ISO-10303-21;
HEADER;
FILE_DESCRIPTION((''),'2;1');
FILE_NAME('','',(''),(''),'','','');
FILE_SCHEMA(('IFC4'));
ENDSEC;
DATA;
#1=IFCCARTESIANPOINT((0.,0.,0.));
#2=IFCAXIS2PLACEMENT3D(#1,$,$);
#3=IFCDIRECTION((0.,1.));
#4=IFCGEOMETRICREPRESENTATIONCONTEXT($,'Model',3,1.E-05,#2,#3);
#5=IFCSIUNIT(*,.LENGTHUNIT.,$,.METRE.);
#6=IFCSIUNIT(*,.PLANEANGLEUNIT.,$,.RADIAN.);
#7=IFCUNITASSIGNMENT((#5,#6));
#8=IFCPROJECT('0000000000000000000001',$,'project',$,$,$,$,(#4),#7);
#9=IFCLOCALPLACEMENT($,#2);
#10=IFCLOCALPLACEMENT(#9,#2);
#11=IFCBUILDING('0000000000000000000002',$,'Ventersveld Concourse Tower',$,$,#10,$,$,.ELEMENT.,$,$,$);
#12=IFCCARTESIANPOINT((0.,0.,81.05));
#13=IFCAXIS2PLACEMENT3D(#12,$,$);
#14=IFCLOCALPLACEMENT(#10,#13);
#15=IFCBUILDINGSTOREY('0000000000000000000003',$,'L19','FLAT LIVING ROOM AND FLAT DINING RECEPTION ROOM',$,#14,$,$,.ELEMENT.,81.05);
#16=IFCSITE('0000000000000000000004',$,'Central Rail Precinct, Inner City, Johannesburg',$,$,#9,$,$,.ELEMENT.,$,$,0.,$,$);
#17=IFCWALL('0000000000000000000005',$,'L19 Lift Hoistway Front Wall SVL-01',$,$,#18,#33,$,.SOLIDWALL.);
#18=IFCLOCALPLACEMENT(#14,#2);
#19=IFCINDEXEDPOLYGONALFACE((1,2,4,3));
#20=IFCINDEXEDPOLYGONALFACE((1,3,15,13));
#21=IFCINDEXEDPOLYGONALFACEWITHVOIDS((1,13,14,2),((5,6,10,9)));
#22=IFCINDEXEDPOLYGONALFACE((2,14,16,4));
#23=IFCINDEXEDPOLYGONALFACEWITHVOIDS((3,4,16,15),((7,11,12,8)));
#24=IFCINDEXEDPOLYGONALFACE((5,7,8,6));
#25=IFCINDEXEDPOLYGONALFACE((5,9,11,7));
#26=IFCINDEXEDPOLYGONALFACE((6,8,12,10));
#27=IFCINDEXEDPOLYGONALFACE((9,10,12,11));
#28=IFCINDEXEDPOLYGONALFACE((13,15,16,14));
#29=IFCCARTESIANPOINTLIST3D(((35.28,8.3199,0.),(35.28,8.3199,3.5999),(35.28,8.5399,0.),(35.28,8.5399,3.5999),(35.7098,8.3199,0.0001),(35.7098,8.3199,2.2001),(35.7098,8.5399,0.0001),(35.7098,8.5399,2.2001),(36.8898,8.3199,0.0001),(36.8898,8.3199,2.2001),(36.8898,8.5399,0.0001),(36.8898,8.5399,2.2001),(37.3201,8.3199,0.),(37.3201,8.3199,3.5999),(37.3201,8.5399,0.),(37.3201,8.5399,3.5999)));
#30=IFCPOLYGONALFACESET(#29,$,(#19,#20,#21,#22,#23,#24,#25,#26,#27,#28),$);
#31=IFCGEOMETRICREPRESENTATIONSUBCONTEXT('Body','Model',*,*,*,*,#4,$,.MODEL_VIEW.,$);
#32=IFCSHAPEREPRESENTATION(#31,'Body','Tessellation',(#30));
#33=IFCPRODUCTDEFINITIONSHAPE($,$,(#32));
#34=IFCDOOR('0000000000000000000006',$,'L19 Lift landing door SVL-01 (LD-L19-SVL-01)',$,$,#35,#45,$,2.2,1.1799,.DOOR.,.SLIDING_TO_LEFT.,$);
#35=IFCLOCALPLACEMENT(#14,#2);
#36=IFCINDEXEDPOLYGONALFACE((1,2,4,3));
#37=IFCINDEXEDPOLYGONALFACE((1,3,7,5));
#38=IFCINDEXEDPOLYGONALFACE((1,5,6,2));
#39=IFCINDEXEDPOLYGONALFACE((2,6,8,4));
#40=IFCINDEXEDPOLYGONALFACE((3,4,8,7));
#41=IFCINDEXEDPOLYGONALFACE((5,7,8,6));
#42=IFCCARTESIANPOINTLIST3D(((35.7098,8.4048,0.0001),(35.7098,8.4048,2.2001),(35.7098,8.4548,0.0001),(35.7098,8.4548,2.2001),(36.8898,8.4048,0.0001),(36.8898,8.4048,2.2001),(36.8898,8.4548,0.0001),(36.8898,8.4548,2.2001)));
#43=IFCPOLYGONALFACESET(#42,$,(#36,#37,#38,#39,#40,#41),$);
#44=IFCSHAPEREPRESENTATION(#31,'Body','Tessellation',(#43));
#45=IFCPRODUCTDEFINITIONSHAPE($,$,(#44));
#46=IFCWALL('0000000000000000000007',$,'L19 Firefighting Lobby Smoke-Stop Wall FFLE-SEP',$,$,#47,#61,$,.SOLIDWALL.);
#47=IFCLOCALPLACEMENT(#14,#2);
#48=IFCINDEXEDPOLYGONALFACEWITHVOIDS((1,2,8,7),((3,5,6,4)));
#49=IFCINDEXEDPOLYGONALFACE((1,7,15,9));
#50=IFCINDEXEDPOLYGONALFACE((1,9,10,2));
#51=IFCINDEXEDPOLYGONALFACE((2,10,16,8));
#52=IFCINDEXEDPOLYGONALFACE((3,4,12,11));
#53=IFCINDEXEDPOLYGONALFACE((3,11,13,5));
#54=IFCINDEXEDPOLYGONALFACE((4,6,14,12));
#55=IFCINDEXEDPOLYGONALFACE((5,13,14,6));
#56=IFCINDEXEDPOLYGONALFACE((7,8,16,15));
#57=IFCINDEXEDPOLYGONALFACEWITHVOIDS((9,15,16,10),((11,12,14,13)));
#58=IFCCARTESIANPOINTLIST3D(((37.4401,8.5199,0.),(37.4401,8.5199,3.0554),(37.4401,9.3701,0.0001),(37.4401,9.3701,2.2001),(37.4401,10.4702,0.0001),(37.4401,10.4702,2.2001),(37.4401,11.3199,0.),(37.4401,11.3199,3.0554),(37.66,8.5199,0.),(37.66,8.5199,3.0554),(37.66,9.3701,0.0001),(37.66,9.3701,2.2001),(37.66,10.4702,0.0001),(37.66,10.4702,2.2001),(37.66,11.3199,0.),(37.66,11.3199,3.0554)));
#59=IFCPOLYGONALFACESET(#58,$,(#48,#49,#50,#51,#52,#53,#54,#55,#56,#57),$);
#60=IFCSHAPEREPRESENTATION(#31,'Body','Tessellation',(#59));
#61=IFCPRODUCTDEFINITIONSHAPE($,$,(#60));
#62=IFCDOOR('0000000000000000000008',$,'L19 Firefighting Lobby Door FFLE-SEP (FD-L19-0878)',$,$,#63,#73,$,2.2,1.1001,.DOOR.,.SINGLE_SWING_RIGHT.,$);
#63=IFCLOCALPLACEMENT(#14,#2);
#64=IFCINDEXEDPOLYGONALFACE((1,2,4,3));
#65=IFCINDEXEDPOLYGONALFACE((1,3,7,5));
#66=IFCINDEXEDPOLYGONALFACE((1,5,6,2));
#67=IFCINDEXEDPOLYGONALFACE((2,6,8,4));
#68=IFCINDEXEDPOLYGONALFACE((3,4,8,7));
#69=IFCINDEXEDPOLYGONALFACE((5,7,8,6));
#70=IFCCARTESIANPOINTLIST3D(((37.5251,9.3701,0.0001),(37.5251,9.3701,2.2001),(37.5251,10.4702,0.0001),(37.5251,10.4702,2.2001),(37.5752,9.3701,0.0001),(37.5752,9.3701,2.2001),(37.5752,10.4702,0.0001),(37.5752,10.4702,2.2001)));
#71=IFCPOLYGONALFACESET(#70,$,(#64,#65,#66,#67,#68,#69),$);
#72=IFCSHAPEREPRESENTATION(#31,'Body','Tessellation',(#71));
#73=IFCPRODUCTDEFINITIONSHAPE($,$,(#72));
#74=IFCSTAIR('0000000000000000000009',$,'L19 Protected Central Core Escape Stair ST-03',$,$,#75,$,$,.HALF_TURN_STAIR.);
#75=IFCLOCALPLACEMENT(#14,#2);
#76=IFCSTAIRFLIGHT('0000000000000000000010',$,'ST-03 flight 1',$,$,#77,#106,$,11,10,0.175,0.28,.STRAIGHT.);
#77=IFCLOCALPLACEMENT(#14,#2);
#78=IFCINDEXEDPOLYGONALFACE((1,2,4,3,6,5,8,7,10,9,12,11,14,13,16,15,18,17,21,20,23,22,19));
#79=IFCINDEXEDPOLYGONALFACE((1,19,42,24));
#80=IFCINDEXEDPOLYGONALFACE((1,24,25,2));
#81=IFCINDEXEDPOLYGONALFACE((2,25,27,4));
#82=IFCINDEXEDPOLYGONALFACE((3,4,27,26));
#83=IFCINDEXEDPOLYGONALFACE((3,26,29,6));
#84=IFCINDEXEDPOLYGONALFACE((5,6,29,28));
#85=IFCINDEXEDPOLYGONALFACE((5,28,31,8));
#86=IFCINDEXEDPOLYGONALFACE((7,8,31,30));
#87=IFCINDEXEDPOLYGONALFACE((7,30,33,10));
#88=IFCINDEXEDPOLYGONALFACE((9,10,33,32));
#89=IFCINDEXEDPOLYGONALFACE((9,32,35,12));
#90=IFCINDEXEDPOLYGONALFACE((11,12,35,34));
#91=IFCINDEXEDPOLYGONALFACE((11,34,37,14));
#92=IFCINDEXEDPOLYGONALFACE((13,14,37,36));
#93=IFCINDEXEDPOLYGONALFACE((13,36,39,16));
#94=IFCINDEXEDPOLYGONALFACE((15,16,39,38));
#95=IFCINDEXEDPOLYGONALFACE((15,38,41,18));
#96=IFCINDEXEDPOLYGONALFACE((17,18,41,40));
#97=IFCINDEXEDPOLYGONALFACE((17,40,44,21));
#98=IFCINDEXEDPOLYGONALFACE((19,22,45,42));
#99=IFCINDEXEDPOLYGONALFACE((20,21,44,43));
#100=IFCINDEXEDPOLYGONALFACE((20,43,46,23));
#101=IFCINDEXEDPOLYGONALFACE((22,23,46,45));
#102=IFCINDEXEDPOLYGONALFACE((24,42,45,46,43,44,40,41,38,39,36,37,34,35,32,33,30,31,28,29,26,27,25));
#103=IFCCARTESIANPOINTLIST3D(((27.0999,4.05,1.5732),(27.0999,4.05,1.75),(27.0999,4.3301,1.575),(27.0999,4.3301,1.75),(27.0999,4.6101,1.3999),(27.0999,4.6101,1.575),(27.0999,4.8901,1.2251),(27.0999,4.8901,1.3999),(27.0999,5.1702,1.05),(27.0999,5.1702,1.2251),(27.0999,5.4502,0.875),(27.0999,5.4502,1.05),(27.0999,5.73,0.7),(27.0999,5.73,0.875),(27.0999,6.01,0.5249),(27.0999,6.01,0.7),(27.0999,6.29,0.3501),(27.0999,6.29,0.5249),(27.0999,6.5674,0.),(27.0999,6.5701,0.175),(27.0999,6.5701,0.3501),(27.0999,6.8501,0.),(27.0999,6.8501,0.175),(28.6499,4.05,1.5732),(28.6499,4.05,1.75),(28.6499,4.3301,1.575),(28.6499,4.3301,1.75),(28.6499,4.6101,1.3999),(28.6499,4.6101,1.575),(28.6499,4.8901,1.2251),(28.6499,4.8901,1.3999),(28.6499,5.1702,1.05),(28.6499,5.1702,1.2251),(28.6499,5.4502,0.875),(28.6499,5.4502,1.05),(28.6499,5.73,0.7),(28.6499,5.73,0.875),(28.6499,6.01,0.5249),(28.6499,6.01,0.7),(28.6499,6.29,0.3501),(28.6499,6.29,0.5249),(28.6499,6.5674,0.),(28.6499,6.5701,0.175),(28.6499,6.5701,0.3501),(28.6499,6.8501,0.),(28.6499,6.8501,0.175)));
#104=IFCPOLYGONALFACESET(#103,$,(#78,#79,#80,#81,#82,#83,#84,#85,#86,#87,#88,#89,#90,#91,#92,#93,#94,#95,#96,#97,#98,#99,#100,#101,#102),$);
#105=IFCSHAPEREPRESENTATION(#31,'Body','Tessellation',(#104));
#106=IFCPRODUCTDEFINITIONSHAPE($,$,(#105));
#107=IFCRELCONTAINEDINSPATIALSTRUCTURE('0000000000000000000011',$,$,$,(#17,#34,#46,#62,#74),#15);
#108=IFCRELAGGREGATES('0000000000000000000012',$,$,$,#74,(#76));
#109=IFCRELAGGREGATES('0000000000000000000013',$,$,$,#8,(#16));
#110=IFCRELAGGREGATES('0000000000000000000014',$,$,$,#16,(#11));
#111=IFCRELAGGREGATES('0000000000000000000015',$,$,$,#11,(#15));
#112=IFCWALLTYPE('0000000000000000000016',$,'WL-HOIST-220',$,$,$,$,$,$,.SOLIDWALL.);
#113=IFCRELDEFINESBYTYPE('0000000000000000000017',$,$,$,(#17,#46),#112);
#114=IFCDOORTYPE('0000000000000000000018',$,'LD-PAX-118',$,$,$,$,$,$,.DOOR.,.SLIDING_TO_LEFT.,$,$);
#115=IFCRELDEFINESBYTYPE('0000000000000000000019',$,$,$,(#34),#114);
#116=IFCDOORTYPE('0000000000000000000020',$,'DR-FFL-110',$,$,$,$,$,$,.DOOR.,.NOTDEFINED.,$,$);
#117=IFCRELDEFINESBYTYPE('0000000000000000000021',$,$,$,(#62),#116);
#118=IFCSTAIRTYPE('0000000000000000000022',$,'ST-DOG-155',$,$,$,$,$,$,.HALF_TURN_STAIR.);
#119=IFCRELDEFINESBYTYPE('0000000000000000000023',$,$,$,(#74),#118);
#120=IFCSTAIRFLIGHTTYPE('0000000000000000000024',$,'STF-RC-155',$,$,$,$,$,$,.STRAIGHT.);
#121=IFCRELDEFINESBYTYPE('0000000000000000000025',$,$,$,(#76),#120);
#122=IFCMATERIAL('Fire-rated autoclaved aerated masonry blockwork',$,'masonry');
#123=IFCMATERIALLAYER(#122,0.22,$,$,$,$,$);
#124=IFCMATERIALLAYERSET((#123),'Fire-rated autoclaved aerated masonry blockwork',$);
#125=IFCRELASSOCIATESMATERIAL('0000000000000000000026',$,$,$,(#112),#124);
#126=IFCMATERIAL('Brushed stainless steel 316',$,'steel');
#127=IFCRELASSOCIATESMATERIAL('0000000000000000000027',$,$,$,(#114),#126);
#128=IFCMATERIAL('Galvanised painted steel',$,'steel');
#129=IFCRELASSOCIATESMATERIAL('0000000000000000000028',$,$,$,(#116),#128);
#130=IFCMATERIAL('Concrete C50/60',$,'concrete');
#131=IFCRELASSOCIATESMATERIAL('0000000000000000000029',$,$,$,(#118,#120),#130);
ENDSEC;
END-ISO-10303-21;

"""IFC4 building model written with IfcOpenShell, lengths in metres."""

from ifc_helpers import new_model, si_unit, direction, frame, frame_2d, origin, place, context, subcontext, project, spatial, polyline, rectangle, outline, extrude, material, layer, layer_set, type_object, element, fill, aggregate, save


model = new_model("IFC4")

# Units and contexts
model_context = context("Model", 3, precision=1e-05, world=origin(), true_north=direction((0.0, 1.0)))
body_context = subcontext(model_context, "Body", "Model", "MODEL_VIEW")
ifc_project = project(units=[si_unit("LENGTHUNIT", "METRE"), si_unit("PLANEANGLEUNIT", "RADIAN")], contexts=[model_context])

# Site, building, storey
site_placement = place(None, origin())
site = spatial("IfcSite", under=ifc_project, at=site_placement, Name="Central Rail Precinct, Inner City, Johannesburg", CompositionType="ELEMENT", RefElevation=0.0)
building_placement = place(site_placement, origin())
building = spatial("IfcBuilding", under=site, at=building_placement, Name="Ventersveld Concourse Tower", CompositionType="ELEMENT")
storey_placement = place(building_placement, frame((0.0, 0.0, 81.05)))
storey = spatial("IfcBuildingStorey", under=building, at=storey_placement, Name="L19", Description="FLAT LIVING ROOM AND FLAT DINING RECEPTION ROOM", CompositionType="ELEMENT", Elevation=81.05)

# Shared definitions
ifc_material_1 = material(Name="Concrete C50/60", Category="concrete")

# Shared definitions
ifc_material_2 = material(Name="Fire-rated autoclaved aerated masonry blockwork", Category="masonry")
ifc_layer_1 = layer(ifc_material_2, 0.22)
ifc_layer_set_1 = layer_set([ifc_layer_1], Name="Fire-rated autoclaved aerated masonry blockwork")
wall_type_1 = type_object("IfcWallType", Name="WL-HOIST-220", PredefinedType="SOLIDWALL", material=ifc_layer_set_1)

# Walls, openings, doors
ifc_material_3 = material(Name="Brushed stainless steel 316", Category="steel")
wall_1_placement = place(storey_placement, frame((35.28, 8.4299, 0.0), z_axis=(0.0, 0.0, 1.0), x_axis=(1.0, 0.0, 0.0)))
wall_1 = element("IfcWall", 1, at=wall_1_placement, inside=storey, type_object=wall_type_1, Name="L19 Lift Hoistway Front Wall SVL-01", PredefinedType="SOLIDWALL", context=body_context, shape_type="SweptSolid", body=[
    extrude(rectangle(XDim=2.04, YDim=0.22, at=frame_2d((1.02, 0.0))), origin(), (0.0, 0.0, 1.0), 3.5999),
])
opening_1_placement = place(wall_1_placement, frame((0.4299, 0.0, 0.0)))
opening_1 = element("IfcOpeningElement", 2, at=opening_1_placement, cuts=wall_1, PredefinedType="OPENING", context=body_context, shape_type="SweptSolid", body=[
    extrude(rectangle(XDim=1.1799, YDim=2.2, at=frame_2d((0.5898, 1.1001))), frame((0.0, 0.1201, 0.0), z_axis=(0.0, -1.0, 0.0), x_axis=(1.0, 0.0, 0.0)), (0.0, 0.0, 1.0), 0.24),
])
door_type_1 = type_object("IfcDoorType", Name="LD-PAX-118", OperationType="SLIDING_TO_LEFT", PredefinedType="DOOR", material=ifc_material_3)
door_1_placement = place(opening_1_placement, origin())
door_1 = element("IfcDoor", 3, at=door_1_placement, inside=storey, type_object=door_type_1, Name="L19 Lift landing door SVL-01 (LD-L19-SVL-01)", OperationType="SLIDING_TO_LEFT", OverallHeight=2.2, OverallWidth=1.1799, PredefinedType="DOOR", context=body_context, shape_type="SweptSolid", body=[
    extrude(rectangle(XDim=1.1799, YDim=2.2, at=frame_2d((0.5898, 1.1001))), frame((0.0, 0.0249, 0.0), z_axis=(0.0, -1.0, 0.0), x_axis=(1.0, 0.0, 0.0)), (0.0, 0.0, 1.0), 0.05),
])
fill(opening_1, door_1)
wall_2_placement = place(storey_placement, frame((37.55, 8.52, 0.0), z_axis=(0.0, 0.0, 1.0), x_axis=(0.0, 1.0, 0.0)))
wall_2 = element("IfcWall", 4, at=wall_2_placement, inside=storey, type_object=wall_type_1, Name="L19 Firefighting Lobby Smoke-Stop Wall FFLE-SEP", PredefinedType="SOLIDWALL", context=body_context, shape_type="SweptSolid", body=[
    extrude(rectangle(XDim=2.8, YDim=0.22, at=frame_2d((1.3999, 0.0))), origin(), (0.0, 0.0, 1.0), 3.0554),
])
opening_2_placement = place(wall_2_placement, frame((0.8501, 0.0, 0.0)))
opening_2 = element("IfcOpeningElement", 5, at=opening_2_placement, cuts=wall_2, PredefinedType="OPENING", context=body_context, shape_type="SweptSolid", body=[
    extrude(rectangle(XDim=1.1001, YDim=2.2, at=frame_2d((0.55, 1.1001))), frame((0.0, 0.1201, 0.0), z_axis=(0.0, -1.0, 0.0), x_axis=(1.0, 0.0, 0.0)), (0.0, 0.0, 1.0), 0.24),
])
ifc_material_4 = material(Name="Galvanised painted steel", Category="steel")
door_type_2 = type_object("IfcDoorType", Name="DR-FFL-110", OperationType="NOTDEFINED", PredefinedType="DOOR", material=ifc_material_4)
door_2_placement = place(opening_2_placement, origin())
door_2 = element("IfcDoor", 6, at=door_2_placement, inside=storey, type_object=door_type_2, Name="L19 Firefighting Lobby Door FFLE-SEP (FD-L19-0878)", OperationType="SINGLE_SWING_RIGHT", OverallHeight=2.2, OverallWidth=1.1001, PredefinedType="DOOR", context=body_context, shape_type="SweptSolid", body=[
    extrude(rectangle(XDim=1.1001, YDim=2.2, at=frame_2d((0.55, 1.1001))), frame((0.0, 0.0249, 0.0), z_axis=(0.0, -1.0, 0.0), x_axis=(1.0, 0.0, 0.0)), (0.0, 0.0, 1.0), 0.05),
])
fill(opening_2, door_2)

# Stair, stair flight
stair_type = type_object("IfcStairType", Name="ST-DOG-155", PredefinedType="HALF_TURN_STAIR", material=ifc_material_1)
stair_placement = place(storey_placement, origin())
stair = element("IfcStair", 7, at=stair_placement, inside=storey, type_object=stair_type, Name="L19 Protected Central Core Escape Stair ST-03", PredefinedType="HALF_TURN_STAIR")
stair_flight_type = type_object("IfcStairFlightType", Name="STF-RC-155", PredefinedType="STRAIGHT", material=ifc_material_1)
stair_flight_placement = place(storey_placement, frame((27.875, 6.8501, 0.0), z_axis=(0.0, 0.0, 1.0), x_axis=(0.0, -1.0, 0.0)))
stair_flight = element("IfcStairFlight", 8, at=stair_flight_placement, type_object=stair_flight_type, Name="ST-03 flight 1", NumberOfRisers=11, NumberOfTreads=10, PredefinedType="STRAIGHT", RiserHeight=0.175, TreadLength=0.28, context=body_context, shape_type="SweptSolid", body=[
    extrude(outline(polyline([(0.0, 0.0), (0.0, 0.175), (0.28, 0.175), (0.28, 0.3501), (0.5601, 0.3501), (0.5601, 0.5249), (0.8401, 0.5249), (0.8401, 0.7), (1.1201, 0.7), (1.1201, 0.875), (1.3999, 0.875), (1.3999, 1.05), (1.6799, 1.05), (1.6799, 1.2251), (1.96, 1.2251), (1.96, 1.3999), (2.24, 1.3999), (2.24, 1.575), (2.52, 1.575), (2.52, 1.75), (2.8, 1.75), (2.8, 1.925), (2.8, 1.5732), (0.2827, 0.0), (0.0, 0.0)])), frame((0.0, 0.7749, 0.0), z_axis=(0.0, -1.0, 0.0), x_axis=(1.0, 0.0, 0.0)), (0.0, 0.0, 1.0), 1.55),
])
aggregate(stair, [stair_flight])

save(model, "model.ifc")
